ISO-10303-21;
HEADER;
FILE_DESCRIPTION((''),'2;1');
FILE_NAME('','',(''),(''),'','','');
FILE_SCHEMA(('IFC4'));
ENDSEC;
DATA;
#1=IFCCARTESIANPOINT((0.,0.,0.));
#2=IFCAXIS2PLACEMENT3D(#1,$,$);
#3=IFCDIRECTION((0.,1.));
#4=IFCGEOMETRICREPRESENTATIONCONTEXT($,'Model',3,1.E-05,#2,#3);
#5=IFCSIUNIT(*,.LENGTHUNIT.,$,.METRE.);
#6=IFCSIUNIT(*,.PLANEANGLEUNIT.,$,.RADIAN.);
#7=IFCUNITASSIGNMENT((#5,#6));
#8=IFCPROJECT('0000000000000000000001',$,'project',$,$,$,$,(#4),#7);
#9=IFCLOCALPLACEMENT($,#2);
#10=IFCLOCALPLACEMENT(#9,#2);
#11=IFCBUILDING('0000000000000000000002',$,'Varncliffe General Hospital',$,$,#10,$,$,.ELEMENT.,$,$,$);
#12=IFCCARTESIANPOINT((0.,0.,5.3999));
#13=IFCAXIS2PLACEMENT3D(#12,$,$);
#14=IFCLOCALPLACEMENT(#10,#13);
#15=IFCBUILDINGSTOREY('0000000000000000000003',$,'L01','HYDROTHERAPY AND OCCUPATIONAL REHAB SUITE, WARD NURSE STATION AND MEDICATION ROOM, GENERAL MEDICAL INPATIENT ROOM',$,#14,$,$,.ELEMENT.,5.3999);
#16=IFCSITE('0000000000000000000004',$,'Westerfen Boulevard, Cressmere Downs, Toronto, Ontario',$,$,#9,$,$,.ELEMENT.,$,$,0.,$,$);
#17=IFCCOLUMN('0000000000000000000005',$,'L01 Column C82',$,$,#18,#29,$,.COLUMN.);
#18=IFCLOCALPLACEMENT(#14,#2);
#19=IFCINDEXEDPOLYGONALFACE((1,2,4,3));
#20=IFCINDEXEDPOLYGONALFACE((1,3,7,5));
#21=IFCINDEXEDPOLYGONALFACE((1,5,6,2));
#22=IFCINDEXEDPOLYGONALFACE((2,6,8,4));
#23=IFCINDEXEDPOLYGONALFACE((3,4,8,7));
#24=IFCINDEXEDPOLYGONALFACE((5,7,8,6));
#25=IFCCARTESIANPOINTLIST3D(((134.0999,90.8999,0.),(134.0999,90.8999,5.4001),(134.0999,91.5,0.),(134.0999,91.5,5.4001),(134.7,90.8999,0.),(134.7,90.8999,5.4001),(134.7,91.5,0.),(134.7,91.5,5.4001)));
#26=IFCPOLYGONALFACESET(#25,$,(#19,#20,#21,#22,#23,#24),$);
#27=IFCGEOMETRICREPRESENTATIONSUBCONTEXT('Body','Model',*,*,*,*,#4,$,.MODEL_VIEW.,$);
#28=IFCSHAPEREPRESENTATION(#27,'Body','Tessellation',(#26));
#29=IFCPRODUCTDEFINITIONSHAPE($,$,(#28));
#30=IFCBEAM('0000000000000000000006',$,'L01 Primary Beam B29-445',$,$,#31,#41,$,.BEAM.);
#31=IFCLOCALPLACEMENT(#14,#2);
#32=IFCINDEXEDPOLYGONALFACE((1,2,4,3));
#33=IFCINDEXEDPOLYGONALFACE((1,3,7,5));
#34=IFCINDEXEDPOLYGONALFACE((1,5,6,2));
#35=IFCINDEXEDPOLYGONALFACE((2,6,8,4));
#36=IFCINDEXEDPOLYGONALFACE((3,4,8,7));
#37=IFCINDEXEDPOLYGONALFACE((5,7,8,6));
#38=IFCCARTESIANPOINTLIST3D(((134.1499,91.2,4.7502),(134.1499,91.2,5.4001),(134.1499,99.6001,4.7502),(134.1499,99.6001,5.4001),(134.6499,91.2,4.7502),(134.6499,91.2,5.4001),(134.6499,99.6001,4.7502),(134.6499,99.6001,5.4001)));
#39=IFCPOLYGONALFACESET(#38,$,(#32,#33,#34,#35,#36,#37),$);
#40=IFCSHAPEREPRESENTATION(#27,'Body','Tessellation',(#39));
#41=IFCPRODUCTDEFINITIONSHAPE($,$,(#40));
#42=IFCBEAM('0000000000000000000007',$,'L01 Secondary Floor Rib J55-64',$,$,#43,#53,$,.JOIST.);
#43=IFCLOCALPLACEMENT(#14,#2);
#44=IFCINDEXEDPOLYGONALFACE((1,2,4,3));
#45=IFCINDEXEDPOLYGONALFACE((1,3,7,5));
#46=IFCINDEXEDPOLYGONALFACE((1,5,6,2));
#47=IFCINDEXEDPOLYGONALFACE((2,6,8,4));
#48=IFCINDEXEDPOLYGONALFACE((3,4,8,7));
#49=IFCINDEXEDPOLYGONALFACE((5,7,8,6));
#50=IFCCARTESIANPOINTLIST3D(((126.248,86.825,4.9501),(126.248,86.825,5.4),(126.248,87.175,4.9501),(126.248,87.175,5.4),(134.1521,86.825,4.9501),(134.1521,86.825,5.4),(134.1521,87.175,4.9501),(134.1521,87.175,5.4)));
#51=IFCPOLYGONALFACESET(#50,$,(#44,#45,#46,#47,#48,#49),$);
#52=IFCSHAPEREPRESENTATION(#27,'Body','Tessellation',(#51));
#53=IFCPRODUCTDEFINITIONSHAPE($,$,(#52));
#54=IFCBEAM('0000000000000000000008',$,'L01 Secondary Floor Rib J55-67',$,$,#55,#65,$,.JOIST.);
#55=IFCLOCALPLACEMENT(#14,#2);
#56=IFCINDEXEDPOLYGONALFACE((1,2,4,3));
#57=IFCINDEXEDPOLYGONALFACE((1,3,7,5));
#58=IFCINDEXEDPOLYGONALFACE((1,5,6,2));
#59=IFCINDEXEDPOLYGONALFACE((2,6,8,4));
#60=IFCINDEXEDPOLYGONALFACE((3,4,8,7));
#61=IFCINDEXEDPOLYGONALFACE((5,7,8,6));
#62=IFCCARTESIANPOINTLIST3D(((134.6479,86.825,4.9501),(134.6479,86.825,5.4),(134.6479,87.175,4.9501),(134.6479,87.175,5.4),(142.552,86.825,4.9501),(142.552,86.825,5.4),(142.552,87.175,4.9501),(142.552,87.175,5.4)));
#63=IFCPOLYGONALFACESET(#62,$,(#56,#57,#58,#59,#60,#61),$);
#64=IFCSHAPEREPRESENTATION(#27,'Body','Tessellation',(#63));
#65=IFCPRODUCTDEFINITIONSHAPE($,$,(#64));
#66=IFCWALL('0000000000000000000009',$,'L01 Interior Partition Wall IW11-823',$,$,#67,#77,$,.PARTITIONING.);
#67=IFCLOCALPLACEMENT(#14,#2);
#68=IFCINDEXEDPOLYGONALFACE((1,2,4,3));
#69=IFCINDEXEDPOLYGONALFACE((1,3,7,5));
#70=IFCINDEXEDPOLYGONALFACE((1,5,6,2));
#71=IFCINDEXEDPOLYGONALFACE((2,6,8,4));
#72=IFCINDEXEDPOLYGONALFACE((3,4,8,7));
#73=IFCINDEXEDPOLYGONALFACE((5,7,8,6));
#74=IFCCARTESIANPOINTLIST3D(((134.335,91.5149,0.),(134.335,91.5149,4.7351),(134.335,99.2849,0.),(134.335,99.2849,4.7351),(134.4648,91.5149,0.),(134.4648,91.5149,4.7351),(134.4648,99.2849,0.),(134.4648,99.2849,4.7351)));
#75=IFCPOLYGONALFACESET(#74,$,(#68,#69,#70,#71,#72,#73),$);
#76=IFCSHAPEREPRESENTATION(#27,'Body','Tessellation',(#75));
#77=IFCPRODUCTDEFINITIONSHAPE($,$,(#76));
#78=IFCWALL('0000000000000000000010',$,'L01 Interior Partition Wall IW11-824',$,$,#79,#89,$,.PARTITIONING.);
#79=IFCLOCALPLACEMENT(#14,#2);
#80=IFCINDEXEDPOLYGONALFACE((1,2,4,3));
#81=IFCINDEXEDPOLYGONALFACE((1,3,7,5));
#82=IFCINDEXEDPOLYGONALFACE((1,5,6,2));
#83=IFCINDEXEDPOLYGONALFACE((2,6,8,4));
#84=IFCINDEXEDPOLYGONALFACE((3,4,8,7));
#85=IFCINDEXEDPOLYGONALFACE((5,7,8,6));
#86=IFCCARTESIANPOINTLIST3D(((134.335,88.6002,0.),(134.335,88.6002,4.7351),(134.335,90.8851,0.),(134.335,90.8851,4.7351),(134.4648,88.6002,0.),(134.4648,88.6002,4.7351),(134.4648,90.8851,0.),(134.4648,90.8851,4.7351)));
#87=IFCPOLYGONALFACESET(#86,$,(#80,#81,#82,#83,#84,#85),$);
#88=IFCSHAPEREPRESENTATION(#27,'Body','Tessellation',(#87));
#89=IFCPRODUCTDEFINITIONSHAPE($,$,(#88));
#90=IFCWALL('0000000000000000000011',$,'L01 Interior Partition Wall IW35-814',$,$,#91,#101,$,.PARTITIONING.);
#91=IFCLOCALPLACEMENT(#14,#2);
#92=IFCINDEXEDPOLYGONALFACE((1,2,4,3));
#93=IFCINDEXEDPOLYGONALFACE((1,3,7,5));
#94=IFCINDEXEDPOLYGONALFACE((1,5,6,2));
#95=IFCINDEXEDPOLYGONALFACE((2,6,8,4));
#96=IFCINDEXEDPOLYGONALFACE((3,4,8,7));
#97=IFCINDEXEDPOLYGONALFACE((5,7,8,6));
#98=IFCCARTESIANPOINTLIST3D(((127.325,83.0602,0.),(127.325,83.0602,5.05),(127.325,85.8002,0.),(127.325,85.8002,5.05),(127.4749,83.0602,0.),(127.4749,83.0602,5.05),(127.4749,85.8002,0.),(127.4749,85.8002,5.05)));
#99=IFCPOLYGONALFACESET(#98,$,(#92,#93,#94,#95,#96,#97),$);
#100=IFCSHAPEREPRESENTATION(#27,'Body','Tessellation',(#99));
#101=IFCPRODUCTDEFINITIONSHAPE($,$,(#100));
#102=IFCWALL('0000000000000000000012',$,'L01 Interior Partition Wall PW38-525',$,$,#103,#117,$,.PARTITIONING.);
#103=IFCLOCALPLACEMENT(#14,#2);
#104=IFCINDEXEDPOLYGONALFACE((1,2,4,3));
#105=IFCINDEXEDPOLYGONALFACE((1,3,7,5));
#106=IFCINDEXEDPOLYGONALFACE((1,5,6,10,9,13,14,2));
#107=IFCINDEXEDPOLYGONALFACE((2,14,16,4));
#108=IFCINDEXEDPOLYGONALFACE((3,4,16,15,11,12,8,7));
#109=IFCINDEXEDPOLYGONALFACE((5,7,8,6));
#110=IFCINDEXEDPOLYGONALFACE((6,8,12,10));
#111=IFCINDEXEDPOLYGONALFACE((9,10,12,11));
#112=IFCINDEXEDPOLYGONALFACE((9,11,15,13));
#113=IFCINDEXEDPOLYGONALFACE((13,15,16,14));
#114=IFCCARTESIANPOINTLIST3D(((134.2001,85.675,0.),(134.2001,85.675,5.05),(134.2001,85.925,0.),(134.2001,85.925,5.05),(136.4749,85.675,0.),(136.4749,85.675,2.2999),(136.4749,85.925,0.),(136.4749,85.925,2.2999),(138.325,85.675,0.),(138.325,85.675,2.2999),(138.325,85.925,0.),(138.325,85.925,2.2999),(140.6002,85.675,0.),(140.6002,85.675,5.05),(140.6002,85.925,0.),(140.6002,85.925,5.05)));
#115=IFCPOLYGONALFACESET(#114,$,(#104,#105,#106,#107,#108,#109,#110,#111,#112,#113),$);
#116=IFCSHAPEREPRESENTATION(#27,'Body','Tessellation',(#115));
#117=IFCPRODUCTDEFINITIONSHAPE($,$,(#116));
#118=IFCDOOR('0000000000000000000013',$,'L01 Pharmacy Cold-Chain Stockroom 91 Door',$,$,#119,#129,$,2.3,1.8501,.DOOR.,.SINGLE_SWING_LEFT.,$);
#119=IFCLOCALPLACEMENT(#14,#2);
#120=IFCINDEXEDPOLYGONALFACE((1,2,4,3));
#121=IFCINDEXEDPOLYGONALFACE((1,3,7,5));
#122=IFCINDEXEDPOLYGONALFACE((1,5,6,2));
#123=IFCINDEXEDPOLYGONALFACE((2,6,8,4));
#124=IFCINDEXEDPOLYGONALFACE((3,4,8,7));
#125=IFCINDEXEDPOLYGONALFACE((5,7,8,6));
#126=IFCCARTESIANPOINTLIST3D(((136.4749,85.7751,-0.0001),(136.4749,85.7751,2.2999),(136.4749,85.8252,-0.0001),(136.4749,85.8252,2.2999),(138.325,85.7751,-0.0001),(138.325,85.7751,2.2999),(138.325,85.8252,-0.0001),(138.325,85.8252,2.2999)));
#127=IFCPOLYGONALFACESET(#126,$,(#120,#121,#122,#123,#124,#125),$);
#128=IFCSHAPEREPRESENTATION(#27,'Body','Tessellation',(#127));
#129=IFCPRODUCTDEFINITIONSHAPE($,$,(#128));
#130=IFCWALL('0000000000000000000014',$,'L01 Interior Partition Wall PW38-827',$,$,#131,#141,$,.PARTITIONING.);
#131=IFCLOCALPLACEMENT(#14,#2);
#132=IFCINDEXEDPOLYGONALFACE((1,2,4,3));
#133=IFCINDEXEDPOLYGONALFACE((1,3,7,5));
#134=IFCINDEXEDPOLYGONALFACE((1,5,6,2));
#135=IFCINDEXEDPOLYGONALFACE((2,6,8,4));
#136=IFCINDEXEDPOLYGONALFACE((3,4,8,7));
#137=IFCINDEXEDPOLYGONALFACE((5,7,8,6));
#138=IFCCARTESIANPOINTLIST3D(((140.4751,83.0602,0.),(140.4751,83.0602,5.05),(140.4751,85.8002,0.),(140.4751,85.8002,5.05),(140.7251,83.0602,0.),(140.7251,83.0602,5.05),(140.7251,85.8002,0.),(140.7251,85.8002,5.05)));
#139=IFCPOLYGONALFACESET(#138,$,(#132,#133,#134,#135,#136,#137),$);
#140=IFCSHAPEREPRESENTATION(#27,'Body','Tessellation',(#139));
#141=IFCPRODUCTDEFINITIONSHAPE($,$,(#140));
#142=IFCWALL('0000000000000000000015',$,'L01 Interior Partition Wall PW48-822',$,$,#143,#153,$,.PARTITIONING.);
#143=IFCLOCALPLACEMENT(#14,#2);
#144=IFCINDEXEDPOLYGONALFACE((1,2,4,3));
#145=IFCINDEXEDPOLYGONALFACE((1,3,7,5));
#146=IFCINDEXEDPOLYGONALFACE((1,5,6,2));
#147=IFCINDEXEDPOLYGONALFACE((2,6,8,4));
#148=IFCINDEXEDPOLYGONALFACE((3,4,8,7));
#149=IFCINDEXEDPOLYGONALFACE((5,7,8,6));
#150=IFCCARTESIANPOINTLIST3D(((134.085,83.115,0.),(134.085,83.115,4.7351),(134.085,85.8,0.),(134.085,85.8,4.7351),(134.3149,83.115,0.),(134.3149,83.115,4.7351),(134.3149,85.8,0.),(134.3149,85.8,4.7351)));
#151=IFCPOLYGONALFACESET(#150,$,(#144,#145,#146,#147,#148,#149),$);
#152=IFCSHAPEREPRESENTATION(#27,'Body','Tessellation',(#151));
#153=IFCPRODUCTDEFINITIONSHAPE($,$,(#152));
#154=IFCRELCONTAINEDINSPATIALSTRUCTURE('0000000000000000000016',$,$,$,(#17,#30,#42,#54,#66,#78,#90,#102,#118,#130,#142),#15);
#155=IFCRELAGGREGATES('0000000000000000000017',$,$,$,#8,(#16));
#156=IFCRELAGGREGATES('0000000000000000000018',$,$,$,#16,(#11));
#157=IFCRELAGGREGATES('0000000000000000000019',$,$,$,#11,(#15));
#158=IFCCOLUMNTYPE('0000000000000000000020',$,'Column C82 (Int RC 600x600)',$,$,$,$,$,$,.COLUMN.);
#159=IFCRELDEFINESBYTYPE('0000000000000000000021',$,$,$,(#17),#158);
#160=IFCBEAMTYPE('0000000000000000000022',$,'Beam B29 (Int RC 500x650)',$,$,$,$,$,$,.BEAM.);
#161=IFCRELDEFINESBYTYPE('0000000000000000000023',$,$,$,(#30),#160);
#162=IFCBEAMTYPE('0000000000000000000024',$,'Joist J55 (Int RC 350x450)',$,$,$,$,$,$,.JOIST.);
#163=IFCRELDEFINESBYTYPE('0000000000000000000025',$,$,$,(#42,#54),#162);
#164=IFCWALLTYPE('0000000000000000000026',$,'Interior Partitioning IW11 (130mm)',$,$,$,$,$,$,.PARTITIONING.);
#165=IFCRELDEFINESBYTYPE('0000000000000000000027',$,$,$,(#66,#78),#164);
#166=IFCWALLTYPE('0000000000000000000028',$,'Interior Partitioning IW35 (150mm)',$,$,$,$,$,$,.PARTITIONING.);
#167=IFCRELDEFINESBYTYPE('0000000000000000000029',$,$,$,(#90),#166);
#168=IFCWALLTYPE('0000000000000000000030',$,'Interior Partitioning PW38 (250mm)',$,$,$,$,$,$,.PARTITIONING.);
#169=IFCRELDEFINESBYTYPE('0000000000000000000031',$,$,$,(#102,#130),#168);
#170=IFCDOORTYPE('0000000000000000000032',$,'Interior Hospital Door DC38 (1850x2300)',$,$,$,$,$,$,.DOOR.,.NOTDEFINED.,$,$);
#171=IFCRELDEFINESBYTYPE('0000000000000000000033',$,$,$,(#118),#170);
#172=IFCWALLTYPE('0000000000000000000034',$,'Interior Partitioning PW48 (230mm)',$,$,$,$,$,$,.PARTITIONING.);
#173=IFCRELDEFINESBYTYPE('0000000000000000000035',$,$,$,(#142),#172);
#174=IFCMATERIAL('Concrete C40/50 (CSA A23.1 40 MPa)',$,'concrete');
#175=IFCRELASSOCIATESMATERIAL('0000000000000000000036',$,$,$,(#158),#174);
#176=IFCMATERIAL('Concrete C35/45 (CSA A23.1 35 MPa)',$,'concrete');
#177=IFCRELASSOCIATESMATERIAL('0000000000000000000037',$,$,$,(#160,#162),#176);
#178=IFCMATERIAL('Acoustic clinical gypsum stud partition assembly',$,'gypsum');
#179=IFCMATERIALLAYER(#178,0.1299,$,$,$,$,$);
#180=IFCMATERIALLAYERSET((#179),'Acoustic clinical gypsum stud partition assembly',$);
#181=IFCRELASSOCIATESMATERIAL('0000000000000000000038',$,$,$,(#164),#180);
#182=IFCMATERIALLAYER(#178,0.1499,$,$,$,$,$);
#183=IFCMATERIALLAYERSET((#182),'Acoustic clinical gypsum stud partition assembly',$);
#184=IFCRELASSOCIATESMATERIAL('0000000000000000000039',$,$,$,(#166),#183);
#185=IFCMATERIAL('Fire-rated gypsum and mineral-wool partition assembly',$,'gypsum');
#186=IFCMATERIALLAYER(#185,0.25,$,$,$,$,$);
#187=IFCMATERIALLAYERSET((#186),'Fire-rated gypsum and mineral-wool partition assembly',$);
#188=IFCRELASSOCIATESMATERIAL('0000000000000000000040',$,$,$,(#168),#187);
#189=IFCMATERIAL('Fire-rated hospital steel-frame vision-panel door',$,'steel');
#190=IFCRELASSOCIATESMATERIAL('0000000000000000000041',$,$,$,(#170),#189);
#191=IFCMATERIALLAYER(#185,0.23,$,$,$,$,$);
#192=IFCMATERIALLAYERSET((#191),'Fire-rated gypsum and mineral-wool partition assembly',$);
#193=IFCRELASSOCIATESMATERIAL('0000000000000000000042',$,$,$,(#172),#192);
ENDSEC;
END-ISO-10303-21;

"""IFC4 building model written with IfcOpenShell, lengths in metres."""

from ifc_helpers import new_model, si_unit, direction, frame, frame_2d, origin, origin_2d, place, context, subcontext, project, spatial, rectangle, extrude, material, layer, layer_set, material_profile, profile_set, type_object, element, fill, save


model = new_model("IFC4")

# Units and contexts
model_context = context("Model", 3, precision=1e-05, world=origin(), true_north=direction((0.0, 1.0)))
body_context = subcontext(model_context, "Body", "Model", "MODEL_VIEW")
ifc_project = project(units=[si_unit("LENGTHUNIT", "METRE"), si_unit("PLANEANGLEUNIT", "RADIAN")], contexts=[model_context])

# Site, building, storey
site_placement = place(None, origin())
site = spatial("IfcSite", under=ifc_project, at=site_placement, Name="Westerfen Boulevard, Cressmere Downs, Toronto, Ontario", CompositionType="ELEMENT", RefElevation=0.0)
building_placement = place(site_placement, origin())
building = spatial("IfcBuilding", under=site, at=building_placement, Name="Varncliffe General Hospital", CompositionType="ELEMENT")
storey_placement = place(building_placement, frame((0.0, 0.0, 5.3999)))
storey = spatial("IfcBuildingStorey", under=building, at=storey_placement, Name="L01", Description="HYDROTHERAPY AND OCCUPATIONAL REHAB SUITE, WARD NURSE STATION AND MEDICATION ROOM, GENERAL MEDICAL INPATIENT ROOM", CompositionType="ELEMENT", Elevation=5.3999)

# Column
ifc_material_1 = material(Name="Concrete C40/50 (CSA A23.1 40 MPa)", Category="concrete")
ifc_material_profile_1 = material_profile(ifc_material_1, rectangle(XDim=0.6001, YDim=0.6001, at=origin_2d()), Name="RC 600x600")
ifc_profile_set_1 = profile_set([ifc_material_profile_1], Name="Concrete C40/50 (CSA A23.1 40 MPa)")
column_type = type_object("IfcColumnType", Name="Column C82 (Int RC 600x600)", PredefinedType="COLUMN", material=ifc_profile_set_1)
column_placement = place(storey_placement, frame((134.3999, 91.2, 0.0), z_axis=(0.0, 0.0, 1.0), x_axis=(1.0, 0.0, 0.0)))
element("IfcColumn", 1, at=column_placement, inside=storey, type_object=column_type, Name="L01 Column C82", PredefinedType="COLUMN", context=body_context, shape_type="SweptSolid", body=[
    extrude(rectangle(XDim=0.6001, YDim=0.6001, at=origin_2d()), origin(), (0.0, 0.0, 1.0), 5.4001),
])

# Beams
ifc_material_2 = material(Name="Concrete C35/45 (CSA A23.1 35 MPa)", Category="concrete")
ifc_material_profile_2 = material_profile(ifc_material_2, rectangle(XDim=0.5, YDim=0.6499, at=origin_2d()), Name="RC 500x650")
ifc_profile_set_2 = profile_set([ifc_material_profile_2], Name="Concrete C35/45 (CSA A23.1 35 MPa)")
beam_type_1 = type_object("IfcBeamType", Name="Beam B29 (Int RC 500x650)", PredefinedType="BEAM", material=ifc_profile_set_2)
beam_placement = place(storey_placement, frame((134.3999, 91.2, 5.0752), z_axis=(0.0, 1.0, 0.0), x_axis=(-1.0, 0.0, 0.0)))
element("IfcBeam", 2, at=beam_placement, inside=storey, type_object=beam_type_1, Name="L01 Primary Beam B29-445", PredefinedType="BEAM", context=body_context, shape_type="SweptSolid", body=[
    extrude(rectangle(XDim=0.5, YDim=0.6499, at=origin_2d()), origin(), (0.0, 0.0, 1.0), 8.4001),
])
ifc_material_profile_3 = material_profile(ifc_material_2, rectangle(XDim=0.3501, YDim=0.45, at=origin_2d()), Name="RC 350x450")
ifc_profile_set_3 = profile_set([ifc_material_profile_3], Name="Concrete C35/45 (CSA A23.1 35 MPa)")
beam_type_2 = type_object("IfcBeamType", Name="Joist J55 (Int RC 350x450)", PredefinedType="JOIST", material=ifc_profile_set_3)
for number, where, z_axis, x_axis, name in (
    (3, (126.248, 87.0, 5.175), (1.0, 0.0, 0.0), (0.0, 1.0, 0.0), "L01 Secondary Floor Rib J55-64"),
    (4, (134.6479, 87.0, 5.175), (1.0, 0.0, 0.0), (0.0, 1.0, 0.0), "L01 Secondary Floor Rib J55-67"),
):
    element("IfcBeam", number, at=place(storey_placement, frame(where, z_axis=z_axis, x_axis=x_axis)), inside=storey, type_object=beam_type_2, Name=name, PredefinedType="JOIST", context=body_context, shape_type="SweptSolid", body=[
        extrude(rectangle(XDim=0.3501, YDim=0.45, at=origin_2d()), origin(), (0.0, 0.0, 1.0), 7.9041),
    ])

# Walls
ifc_material_3 = material(Name="Acoustic clinical gypsum stud partition assembly", Category="gypsum")
ifc_layer_1 = layer(ifc_material_3, 0.1299)
ifc_layer_set_1 = layer_set([ifc_layer_1], Name="Acoustic clinical gypsum stud partition assembly")
wall_type_1 = type_object("IfcWallType", Name="Interior Partitioning IW11 (130mm)", PredefinedType="PARTITIONING", material=ifc_layer_set_1)
wall_1_placement = place(storey_placement, frame((134.3999, 91.5149, 0.0), z_axis=(0.0, 0.0, 1.0), x_axis=(0.0, 1.0, 0.0)))
element("IfcWall", 5, at=wall_1_placement, inside=storey, type_object=wall_type_1, Name="L01 Interior Partition Wall IW11-823", PredefinedType="PARTITIONING", context=body_context, shape_type="SweptSolid", body=[
    extrude(rectangle(XDim=7.77, YDim=0.1299, at=frame_2d((3.885, 0.0))), origin(), (0.0, 0.0, 1.0), 4.7351),
])
wall_2_placement = place(storey_placement, frame((134.3999, 88.6001, 0.0), z_axis=(0.0, 0.0, 1.0), x_axis=(0.0, 1.0, 0.0)))
element("IfcWall", 6, at=wall_2_placement, inside=storey, type_object=wall_type_1, Name="L01 Interior Partition Wall IW11-824", PredefinedType="PARTITIONING", context=body_context, shape_type="SweptSolid", body=[
    extrude(rectangle(XDim=2.2849, YDim=0.1299, at=frame_2d((1.1426, 0.0))), origin(), (0.0, 0.0, 1.0), 4.7351),
])
ifc_layer_2 = layer(ifc_material_3, 0.1499)
ifc_layer_set_2 = layer_set([ifc_layer_2], Name="Acoustic clinical gypsum stud partition assembly")
wall_type_2 = type_object("IfcWallType", Name="Interior Partitioning IW35 (150mm)", PredefinedType="PARTITIONING", material=ifc_layer_set_2)
wall_3_placement = place(storey_placement, frame((127.3999, 83.0601, 0.0), z_axis=(0.0, 0.0, 1.0), x_axis=(0.0, 1.0, 0.0)))
element("IfcWall", 7, at=wall_3_placement, inside=storey, type_object=wall_type_2, Name="L01 Interior Partition Wall IW35-814", PredefinedType="PARTITIONING", context=body_context, shape_type="SweptSolid", body=[
    extrude(rectangle(XDim=2.74, YDim=0.1499, at=frame_2d((1.3701, 0.0))), origin(), (0.0, 0.0, 1.0), 5.05),
])

# Wall, opening, door
ifc_material_4 = material(Name="Fire-rated gypsum and mineral-wool partition assembly", Category="gypsum")
ifc_layer_3 = layer(ifc_material_4, 0.25)
ifc_layer_set_3 = layer_set([ifc_layer_3], Name="Fire-rated gypsum and mineral-wool partition assembly")
wall_type_3 = type_object("IfcWallType", Name="Interior Partitioning PW38 (250mm)", PredefinedType="PARTITIONING", material=ifc_layer_set_3)
wall_4_placement = place(storey_placement, frame((134.2, 85.8, 0.0), z_axis=(0.0, 0.0, 1.0), x_axis=(1.0, 0.0, 0.0)))
wall_4 = element("IfcWall", 8, at=wall_4_placement, inside=storey, type_object=wall_type_3, Name="L01 Interior Partition Wall PW38-525", PredefinedType="PARTITIONING", context=body_context, shape_type="SweptSolid", body=[
    extrude(rectangle(XDim=6.4001, YDim=0.25, at=frame_2d((3.2002, 0.0))), origin(), (0.0, 0.0, 1.0), 5.05),
])
opening_1_placement = place(wall_4_placement, frame((2.2749, 0.0, 0.0)))
opening_1 = element("IfcOpeningElement", 9, at=opening_1_placement, cuts=wall_4, PredefinedType="OPENING", context=body_context, shape_type="SweptSolid", body=[
    extrude(rectangle(XDim=1.8501, YDim=2.3, at=frame_2d((0.925, 1.1499))), frame((0.0, 0.135, 0.0), z_axis=(0.0, -1.0, 0.0), x_axis=(1.0, 0.0, 0.0)), (0.0, 0.0, 1.0), 0.27),
])
ifc_material_5 = material(Name="Fire-rated hospital steel-frame vision-panel door", Category="steel")
door_type_1 = type_object("IfcDoorType", Name="Interior Hospital Door DC38 (1850x2300)", OperationType="NOTDEFINED", PredefinedType="DOOR", material=ifc_material_5)
door_1_placement = place(opening_1_placement, frame((1.8501, 0.0, 0.0), z_axis=(0.0, 0.0, 1.0), x_axis=(-1.0, 0.0, 0.0)))
door_1 = element("IfcDoor", 10, at=door_1_placement, inside=storey, type_object=door_type_1, Name="L01 Pharmacy Cold-Chain Stockroom 91 Door", OperationType="SINGLE_SWING_LEFT", OverallHeight=2.3, OverallWidth=1.8501, PredefinedType="DOOR", context=body_context, shape_type="SweptSolid", body=[
    extrude(rectangle(XDim=1.8501, YDim=2.3, at=frame_2d((0.925, 1.1499))), frame((0.0, 0.0249, 0.0), z_axis=(0.0, -1.0, 0.0), x_axis=(1.0, 0.0, 0.0)), (0.0, 0.0, 1.0), 0.05),
])
fill(opening_1, door_1)

# Walls
wall_5_placement = place(storey_placement, frame((140.6001, 83.0601, 0.0), z_axis=(0.0, 0.0, 1.0), x_axis=(0.0, 1.0, 0.0)))
element("IfcWall", 11, at=wall_5_placement, inside=storey, type_object=wall_type_3, Name="L01 Interior Partition Wall PW38-827", PredefinedType="PARTITIONING", context=body_context, shape_type="SweptSolid", body=[
    extrude(rectangle(XDim=2.74, YDim=0.25, at=frame_2d((1.3701, 0.0))), origin(), (0.0, 0.0, 1.0), 5.05),
])
ifc_layer_4 = layer(ifc_material_4, 0.23)
ifc_layer_set_4 = layer_set([ifc_layer_4], Name="Fire-rated gypsum and mineral-wool partition assembly")
wall_type_4 = type_object("IfcWallType", Name="Interior Partitioning PW48 (230mm)", PredefinedType="PARTITIONING", material=ifc_layer_set_4)
wall_6_placement = place(storey_placement, frame((134.2, 83.115, 0.0), z_axis=(0.0, 0.0, 1.0), x_axis=(0.0, 1.0, 0.0)))
element("IfcWall", 12, at=wall_6_placement, inside=storey, type_object=wall_type_4, Name="L01 Interior Partition Wall PW48-822", PredefinedType="PARTITIONING", context=body_context, shape_type="SweptSolid", body=[
    extrude(rectangle(XDim=2.6851, YDim=0.23, at=frame_2d((1.3425, 0.0))), origin(), (0.0, 0.0, 1.0), 4.7351),
])

save(model, "model.ifc")
